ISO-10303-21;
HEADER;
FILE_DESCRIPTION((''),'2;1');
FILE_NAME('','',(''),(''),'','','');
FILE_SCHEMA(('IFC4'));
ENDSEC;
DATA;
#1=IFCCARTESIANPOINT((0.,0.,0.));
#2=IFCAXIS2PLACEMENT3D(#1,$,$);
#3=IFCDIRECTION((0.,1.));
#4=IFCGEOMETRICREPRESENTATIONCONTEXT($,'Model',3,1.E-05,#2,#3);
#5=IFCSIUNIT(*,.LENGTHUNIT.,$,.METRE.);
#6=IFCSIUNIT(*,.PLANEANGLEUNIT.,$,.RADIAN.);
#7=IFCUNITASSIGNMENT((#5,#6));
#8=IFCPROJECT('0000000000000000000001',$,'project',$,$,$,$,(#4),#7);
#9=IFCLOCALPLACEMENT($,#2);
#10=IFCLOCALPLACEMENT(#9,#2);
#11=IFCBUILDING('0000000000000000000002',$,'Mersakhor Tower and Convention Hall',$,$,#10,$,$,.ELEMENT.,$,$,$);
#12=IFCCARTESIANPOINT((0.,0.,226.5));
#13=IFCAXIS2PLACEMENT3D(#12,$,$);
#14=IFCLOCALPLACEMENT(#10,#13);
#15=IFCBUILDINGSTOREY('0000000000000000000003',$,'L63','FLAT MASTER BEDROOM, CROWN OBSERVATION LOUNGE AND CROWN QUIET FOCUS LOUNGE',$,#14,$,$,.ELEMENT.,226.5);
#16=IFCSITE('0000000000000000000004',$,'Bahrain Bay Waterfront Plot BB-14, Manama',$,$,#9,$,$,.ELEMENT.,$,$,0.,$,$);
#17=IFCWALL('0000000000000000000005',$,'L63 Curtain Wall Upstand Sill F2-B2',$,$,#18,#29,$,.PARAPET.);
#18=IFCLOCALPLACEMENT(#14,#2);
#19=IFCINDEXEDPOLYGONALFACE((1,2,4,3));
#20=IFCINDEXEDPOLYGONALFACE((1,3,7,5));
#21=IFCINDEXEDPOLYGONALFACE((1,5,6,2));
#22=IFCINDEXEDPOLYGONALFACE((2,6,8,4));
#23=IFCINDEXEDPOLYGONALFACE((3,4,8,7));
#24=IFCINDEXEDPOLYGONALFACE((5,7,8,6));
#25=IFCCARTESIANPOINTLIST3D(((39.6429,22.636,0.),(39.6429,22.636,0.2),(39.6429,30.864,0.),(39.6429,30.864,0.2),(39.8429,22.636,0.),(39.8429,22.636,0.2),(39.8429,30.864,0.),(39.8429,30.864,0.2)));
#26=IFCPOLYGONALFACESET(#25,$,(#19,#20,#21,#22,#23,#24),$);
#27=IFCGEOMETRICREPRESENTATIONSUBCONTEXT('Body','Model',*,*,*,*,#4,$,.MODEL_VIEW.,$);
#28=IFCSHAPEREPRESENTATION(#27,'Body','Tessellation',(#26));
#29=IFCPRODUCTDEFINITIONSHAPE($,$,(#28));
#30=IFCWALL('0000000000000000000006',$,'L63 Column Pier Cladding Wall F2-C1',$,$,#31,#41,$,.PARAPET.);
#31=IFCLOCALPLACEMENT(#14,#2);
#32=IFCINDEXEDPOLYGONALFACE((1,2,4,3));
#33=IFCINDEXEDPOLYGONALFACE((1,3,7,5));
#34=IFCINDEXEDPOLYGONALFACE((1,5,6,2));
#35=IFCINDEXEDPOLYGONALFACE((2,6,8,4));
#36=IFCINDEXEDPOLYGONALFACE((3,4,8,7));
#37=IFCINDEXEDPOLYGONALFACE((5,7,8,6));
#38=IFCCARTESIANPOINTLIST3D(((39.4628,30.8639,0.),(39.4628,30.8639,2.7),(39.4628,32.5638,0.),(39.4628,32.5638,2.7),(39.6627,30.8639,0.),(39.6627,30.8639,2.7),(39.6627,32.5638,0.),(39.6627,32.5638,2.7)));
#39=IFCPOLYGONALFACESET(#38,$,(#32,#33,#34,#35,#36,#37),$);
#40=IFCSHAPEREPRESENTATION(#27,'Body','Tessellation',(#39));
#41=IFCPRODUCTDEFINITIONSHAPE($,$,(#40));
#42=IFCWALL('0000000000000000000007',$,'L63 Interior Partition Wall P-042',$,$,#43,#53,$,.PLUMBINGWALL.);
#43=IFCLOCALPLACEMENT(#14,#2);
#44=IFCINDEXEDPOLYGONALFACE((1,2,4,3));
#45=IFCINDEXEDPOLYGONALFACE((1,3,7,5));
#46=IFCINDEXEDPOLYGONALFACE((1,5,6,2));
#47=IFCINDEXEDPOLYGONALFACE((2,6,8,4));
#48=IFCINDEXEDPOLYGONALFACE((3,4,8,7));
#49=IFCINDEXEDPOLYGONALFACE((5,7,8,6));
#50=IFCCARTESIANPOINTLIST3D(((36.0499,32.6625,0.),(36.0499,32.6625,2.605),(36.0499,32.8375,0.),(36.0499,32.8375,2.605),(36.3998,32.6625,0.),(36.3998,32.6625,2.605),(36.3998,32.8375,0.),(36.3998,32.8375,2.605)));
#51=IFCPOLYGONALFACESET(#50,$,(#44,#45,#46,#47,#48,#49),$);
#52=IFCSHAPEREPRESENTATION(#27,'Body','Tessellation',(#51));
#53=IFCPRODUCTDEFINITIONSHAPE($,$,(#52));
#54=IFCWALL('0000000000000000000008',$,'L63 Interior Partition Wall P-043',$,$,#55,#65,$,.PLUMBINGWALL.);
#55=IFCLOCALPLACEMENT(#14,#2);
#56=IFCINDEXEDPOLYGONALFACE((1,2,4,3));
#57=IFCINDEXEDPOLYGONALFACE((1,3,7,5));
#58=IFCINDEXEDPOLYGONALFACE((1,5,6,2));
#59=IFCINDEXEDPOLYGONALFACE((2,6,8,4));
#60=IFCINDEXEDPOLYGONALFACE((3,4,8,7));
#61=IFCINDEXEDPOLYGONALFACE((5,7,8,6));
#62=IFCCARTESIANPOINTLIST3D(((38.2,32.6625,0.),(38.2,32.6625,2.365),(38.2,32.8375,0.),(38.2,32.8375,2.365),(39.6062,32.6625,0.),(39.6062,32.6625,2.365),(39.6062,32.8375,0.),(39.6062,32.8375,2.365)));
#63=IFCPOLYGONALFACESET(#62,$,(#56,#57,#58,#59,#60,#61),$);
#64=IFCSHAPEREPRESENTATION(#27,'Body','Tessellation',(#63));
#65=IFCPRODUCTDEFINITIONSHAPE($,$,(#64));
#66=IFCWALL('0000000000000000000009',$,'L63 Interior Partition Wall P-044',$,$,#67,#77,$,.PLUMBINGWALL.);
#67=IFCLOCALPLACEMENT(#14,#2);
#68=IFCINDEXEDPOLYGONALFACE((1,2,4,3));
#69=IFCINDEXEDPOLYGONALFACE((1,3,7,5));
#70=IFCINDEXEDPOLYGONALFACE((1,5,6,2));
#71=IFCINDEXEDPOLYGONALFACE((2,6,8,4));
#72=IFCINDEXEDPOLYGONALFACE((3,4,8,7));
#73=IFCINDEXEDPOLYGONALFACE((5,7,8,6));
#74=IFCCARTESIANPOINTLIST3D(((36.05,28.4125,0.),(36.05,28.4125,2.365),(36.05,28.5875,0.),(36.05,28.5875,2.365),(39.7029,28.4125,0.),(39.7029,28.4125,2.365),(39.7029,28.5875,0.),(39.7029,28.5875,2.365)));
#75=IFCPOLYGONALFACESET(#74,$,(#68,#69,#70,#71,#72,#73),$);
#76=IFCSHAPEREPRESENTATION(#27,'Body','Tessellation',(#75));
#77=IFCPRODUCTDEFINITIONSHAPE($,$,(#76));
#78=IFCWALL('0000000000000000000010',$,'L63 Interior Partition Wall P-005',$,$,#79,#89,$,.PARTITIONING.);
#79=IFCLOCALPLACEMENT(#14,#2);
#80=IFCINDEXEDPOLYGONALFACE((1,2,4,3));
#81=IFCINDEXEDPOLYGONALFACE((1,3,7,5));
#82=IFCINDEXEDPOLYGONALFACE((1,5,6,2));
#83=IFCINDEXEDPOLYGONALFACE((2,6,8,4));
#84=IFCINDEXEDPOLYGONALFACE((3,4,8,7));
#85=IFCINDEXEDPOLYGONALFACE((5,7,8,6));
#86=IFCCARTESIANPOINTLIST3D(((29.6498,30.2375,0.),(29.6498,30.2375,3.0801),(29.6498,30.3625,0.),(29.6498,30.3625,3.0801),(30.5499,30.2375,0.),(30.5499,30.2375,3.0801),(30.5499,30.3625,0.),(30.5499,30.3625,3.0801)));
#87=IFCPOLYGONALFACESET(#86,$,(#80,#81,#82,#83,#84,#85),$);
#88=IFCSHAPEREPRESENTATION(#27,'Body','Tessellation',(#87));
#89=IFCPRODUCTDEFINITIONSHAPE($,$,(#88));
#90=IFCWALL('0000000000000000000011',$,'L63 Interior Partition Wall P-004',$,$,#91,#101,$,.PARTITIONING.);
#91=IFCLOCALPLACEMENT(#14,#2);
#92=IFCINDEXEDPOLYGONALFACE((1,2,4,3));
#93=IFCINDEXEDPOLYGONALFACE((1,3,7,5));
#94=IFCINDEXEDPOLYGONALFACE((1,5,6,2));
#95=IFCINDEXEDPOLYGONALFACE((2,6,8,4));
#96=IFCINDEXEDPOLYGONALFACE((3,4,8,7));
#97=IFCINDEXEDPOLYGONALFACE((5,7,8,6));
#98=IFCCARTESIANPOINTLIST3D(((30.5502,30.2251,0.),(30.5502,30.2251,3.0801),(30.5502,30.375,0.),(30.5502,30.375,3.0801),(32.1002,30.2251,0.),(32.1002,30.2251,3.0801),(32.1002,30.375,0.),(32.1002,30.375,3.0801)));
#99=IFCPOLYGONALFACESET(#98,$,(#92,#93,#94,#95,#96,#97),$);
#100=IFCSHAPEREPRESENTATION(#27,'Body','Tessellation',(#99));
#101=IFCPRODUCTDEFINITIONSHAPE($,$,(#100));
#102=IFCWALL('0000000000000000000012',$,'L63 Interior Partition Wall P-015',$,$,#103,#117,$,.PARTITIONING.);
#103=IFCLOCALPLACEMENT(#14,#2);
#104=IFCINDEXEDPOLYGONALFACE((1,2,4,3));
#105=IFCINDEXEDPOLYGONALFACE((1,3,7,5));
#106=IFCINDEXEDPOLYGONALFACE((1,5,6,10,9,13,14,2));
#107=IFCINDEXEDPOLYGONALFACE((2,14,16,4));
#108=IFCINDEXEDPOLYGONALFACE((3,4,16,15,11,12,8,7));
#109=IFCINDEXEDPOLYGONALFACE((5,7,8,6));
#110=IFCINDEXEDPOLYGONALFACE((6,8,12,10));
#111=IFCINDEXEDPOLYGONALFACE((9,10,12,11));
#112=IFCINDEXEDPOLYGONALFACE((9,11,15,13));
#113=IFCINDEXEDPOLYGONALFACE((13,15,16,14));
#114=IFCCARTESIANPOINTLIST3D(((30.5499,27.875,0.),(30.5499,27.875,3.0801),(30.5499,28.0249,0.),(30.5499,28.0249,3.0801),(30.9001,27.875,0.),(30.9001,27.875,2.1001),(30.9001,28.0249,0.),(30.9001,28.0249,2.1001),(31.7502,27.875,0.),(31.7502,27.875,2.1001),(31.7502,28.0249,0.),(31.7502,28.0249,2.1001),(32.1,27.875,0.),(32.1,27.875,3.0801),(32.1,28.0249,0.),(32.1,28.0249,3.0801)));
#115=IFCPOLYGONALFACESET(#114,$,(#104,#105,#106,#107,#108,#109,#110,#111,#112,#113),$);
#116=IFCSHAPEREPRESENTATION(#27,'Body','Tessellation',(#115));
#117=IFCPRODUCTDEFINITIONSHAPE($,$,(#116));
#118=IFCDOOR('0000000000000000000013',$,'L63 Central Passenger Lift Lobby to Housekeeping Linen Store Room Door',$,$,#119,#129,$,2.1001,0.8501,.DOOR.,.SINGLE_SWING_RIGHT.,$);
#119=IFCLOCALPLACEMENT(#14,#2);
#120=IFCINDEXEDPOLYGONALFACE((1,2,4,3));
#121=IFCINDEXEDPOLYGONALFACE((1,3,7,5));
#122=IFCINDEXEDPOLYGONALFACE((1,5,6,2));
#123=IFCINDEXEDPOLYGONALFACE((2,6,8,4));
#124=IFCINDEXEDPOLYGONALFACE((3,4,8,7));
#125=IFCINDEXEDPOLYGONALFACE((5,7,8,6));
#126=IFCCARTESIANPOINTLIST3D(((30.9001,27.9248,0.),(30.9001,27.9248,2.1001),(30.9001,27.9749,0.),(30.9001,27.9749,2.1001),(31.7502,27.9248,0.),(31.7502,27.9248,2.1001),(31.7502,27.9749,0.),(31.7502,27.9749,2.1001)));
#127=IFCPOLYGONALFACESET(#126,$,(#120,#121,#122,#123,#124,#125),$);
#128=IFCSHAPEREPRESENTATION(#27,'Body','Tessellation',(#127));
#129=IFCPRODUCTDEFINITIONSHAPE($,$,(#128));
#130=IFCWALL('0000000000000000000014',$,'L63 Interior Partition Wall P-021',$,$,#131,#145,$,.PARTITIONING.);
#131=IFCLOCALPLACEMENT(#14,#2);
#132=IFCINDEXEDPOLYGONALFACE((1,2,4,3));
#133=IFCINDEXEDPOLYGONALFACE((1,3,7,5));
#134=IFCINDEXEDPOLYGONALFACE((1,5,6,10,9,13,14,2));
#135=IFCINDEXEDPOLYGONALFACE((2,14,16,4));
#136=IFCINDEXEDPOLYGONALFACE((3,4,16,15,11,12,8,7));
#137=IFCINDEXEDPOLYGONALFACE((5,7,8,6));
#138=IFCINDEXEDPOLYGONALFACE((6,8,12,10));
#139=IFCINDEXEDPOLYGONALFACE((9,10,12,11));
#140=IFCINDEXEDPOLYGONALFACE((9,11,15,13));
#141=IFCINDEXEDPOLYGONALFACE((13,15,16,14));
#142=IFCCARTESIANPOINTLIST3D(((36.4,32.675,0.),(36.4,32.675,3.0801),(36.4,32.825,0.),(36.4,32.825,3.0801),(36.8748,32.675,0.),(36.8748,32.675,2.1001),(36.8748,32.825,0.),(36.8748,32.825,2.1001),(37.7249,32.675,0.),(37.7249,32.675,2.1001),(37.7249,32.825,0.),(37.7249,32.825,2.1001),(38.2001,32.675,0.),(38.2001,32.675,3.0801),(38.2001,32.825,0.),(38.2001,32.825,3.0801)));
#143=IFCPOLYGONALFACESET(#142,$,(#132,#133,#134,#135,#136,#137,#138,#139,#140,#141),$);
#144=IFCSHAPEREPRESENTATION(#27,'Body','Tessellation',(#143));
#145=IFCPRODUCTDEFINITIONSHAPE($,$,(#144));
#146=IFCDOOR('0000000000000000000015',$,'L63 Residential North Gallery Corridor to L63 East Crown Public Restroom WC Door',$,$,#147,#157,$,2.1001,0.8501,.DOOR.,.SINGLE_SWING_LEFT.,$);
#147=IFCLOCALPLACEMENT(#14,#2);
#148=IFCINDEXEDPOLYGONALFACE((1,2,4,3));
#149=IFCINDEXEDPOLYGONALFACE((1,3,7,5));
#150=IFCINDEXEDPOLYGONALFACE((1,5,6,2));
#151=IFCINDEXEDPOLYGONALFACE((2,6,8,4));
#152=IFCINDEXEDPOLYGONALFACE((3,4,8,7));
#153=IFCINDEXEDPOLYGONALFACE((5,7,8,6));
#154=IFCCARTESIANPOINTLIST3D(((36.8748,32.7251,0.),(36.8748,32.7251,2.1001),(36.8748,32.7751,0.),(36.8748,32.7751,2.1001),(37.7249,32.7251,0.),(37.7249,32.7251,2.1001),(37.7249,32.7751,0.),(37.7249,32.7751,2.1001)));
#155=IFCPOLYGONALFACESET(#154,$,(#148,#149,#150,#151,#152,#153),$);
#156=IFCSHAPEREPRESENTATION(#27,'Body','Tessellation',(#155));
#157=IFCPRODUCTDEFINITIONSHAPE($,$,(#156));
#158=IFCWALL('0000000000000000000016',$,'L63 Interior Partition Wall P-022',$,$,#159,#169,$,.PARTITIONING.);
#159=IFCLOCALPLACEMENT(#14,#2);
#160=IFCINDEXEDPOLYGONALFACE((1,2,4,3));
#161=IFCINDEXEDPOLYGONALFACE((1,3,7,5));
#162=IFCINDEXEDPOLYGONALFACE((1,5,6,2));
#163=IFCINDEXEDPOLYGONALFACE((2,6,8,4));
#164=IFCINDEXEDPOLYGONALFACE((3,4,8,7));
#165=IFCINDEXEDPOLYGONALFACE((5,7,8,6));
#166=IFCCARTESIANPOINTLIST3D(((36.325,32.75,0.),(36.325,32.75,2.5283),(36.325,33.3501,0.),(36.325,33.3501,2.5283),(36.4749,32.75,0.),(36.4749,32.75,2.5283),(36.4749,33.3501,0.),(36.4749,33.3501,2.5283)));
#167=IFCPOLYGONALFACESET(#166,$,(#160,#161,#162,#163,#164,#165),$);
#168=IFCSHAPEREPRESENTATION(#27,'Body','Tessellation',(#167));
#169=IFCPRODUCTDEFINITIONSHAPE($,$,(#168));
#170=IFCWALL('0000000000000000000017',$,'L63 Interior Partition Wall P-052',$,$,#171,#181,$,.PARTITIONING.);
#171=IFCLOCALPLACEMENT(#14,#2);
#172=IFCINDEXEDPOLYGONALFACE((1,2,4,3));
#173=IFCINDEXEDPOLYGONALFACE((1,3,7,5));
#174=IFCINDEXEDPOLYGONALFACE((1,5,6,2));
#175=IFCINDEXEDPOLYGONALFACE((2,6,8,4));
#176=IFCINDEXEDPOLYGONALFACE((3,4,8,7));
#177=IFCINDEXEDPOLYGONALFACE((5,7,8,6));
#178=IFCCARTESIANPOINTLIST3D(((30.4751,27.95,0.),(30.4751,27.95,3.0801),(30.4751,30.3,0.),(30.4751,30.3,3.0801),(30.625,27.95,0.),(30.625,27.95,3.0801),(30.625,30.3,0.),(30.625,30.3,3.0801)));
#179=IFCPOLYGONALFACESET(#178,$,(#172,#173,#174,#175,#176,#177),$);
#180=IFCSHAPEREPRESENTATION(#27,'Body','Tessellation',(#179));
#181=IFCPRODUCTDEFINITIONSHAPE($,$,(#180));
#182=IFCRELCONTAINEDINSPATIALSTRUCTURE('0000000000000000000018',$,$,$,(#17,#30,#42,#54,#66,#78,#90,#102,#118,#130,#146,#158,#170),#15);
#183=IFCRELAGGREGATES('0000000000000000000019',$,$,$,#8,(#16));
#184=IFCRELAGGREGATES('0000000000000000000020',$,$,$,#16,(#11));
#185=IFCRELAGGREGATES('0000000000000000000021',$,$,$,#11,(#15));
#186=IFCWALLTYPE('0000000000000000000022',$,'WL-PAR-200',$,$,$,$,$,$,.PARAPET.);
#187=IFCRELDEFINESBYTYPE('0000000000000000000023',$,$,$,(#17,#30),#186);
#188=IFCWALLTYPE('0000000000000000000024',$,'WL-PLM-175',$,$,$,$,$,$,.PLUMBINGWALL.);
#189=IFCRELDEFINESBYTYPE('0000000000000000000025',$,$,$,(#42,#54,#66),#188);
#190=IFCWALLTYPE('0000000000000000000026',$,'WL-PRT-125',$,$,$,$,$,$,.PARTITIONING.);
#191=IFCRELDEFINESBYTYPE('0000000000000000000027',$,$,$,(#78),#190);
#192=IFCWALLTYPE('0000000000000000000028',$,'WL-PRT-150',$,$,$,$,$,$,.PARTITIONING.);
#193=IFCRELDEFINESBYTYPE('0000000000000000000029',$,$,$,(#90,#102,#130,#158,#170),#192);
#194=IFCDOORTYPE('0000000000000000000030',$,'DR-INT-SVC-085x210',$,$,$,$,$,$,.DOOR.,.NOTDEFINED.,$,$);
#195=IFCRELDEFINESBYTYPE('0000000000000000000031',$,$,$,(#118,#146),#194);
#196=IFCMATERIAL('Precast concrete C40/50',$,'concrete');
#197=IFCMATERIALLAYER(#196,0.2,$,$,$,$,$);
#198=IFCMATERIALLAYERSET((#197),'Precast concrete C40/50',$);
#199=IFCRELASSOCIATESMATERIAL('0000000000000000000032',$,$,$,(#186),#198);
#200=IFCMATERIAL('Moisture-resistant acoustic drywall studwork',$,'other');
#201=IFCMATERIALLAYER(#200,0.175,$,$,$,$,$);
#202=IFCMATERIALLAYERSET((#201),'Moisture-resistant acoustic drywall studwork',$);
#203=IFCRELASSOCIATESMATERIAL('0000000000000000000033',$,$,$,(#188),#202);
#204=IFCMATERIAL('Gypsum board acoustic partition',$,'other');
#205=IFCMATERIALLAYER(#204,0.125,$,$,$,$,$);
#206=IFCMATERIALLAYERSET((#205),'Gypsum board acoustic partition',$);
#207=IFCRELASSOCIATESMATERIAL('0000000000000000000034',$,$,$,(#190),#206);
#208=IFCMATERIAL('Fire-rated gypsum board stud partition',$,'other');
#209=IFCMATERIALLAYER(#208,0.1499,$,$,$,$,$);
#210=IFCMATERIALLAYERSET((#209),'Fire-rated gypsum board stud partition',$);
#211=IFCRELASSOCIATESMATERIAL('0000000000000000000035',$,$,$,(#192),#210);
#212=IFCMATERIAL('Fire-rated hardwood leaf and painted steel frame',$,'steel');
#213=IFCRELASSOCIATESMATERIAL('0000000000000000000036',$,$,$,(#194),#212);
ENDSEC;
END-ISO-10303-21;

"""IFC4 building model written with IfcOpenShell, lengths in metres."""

from ifc_helpers import new_model, si_unit, direction, frame, frame_2d, origin, place, context, subcontext, project, spatial, rectangle, extrude, material, layer, layer_set, type_object, element, fill, save


model = new_model("IFC4")

# Units and contexts
model_context = context("Model", 3, precision=1e-05, world=origin(), true_north=direction((0.0, 1.0)))
body_context = subcontext(model_context, "Body", "Model", "MODEL_VIEW")
ifc_project = project(units=[si_unit("LENGTHUNIT", "METRE"), si_unit("PLANEANGLEUNIT", "RADIAN")], contexts=[model_context])

# Site, building, storey
site_placement = place(None, origin())
site = spatial("IfcSite", under=ifc_project, at=site_placement, Name="Bahrain Bay Waterfront Plot BB-14, Manama", CompositionType="ELEMENT", RefElevation=0.0)
building_placement = place(site_placement, origin())
building = spatial("IfcBuilding", under=site, at=building_placement, Name="Mersakhor Tower and Convention Hall", CompositionType="ELEMENT")
storey_placement = place(building_placement, frame((0.0, 0.0, 226.5)))
storey = spatial("IfcBuildingStorey", under=building, at=storey_placement, Name="L63", Description="FLAT MASTER BEDROOM, CROWN OBSERVATION LOUNGE AND CROWN QUIET FOCUS LOUNGE", CompositionType="ELEMENT", Elevation=226.5)

# Walls
ifc_material_1 = material(Name="Precast concrete C40/50", Category="concrete")
ifc_layer_1 = layer(ifc_material_1, 0.2)
ifc_layer_set_1 = layer_set([ifc_layer_1], Name="Precast concrete C40/50")
wall_type_1 = type_object("IfcWallType", Name="WL-PAR-200", PredefinedType="PARAPET", material=ifc_layer_set_1)
wall_1_placement = place(storey_placement, frame((39.7429, 30.864, 0.0), z_axis=(0.0, 0.0, 1.0), x_axis=(0.0, -1.0, 0.0)))
element("IfcWall", 1, at=wall_1_placement, inside=storey, type_object=wall_type_1, Name="L63 Curtain Wall Upstand Sill F2-B2", PredefinedType="PARAPET", context=body_context, shape_type="SweptSolid", body=[
    extrude(rectangle(XDim=8.228, YDim=0.2, at=frame_2d((4.114, 0.0))), origin(), (0.0, 0.0, 1.0), 0.2),
])
wall_2_placement = place(storey_placement, frame((39.5627, 32.564, 0.0), z_axis=(0.0, 0.0, 1.0), x_axis=(0.0, -1.0, 0.0)))
element("IfcWall", 2, at=wall_2_placement, inside=storey, type_object=wall_type_1, Name="L63 Column Pier Cladding Wall F2-C1", PredefinedType="PARAPET", context=body_context, shape_type="SweptSolid", body=[
    extrude(rectangle(XDim=1.7, YDim=0.2, at=frame_2d((0.8501, 0.0))), origin(), (0.0, 0.0, 1.0), 2.7),
])
ifc_material_2 = material(Name="Moisture-resistant acoustic drywall studwork", Category="other")
ifc_layer_2 = layer(ifc_material_2, 0.175)
ifc_layer_set_2 = layer_set([ifc_layer_2], Name="Moisture-resistant acoustic drywall studwork")
wall_type_2 = type_object("IfcWallType", Name="WL-PLM-175", PredefinedType="PLUMBINGWALL", material=ifc_layer_set_2)
wall_3_placement = place(storey_placement, frame((36.05, 32.75, 0.0), z_axis=(0.0, 0.0, 1.0), x_axis=(1.0, 0.0, 0.0)))
element("IfcWall", 3, at=wall_3_placement, inside=storey, type_object=wall_type_2, Name="L63 Interior Partition Wall P-042", PredefinedType="PLUMBINGWALL", context=body_context, shape_type="SweptSolid", body=[
    extrude(rectangle(XDim=0.3499, YDim=0.175, at=frame_2d((0.1748, 0.0))), origin(), (0.0, 0.0, 1.0), 2.605),
])
wall_4_placement = place(storey_placement, frame((38.2, 32.75, 0.0), z_axis=(0.0, 0.0, 1.0), x_axis=(1.0, 0.0, 0.0)))
element("IfcWall", 4, at=wall_4_placement, inside=storey, type_object=wall_type_2, Name="L63 Interior Partition Wall P-043", PredefinedType="PLUMBINGWALL", context=body_context, shape_type="SweptSolid", body=[
    extrude(rectangle(XDim=1.4062, YDim=0.175, at=frame_2d((0.7031, 0.0))), origin(), (0.0, 0.0, 1.0), 2.365),
])
wall_5_placement = place(storey_placement, frame((39.7029, 28.5, 0.0), z_axis=(0.0, 0.0, 1.0), x_axis=(-1.0, 0.0, 0.0)))
element("IfcWall", 5, at=wall_5_placement, inside=storey, type_object=wall_type_2, Name="L63 Interior Partition Wall P-044", PredefinedType="PLUMBINGWALL", context=body_context, shape_type="SweptSolid", body=[
    extrude(rectangle(XDim=3.6528, YDim=0.175, at=frame_2d((1.8264, 0.0))), origin(), (0.0, 0.0, 1.0), 2.365),
])
ifc_material_3 = material(Name="Gypsum board acoustic partition", Category="other")
ifc_layer_3 = layer(ifc_material_3, 0.125)
ifc_layer_set_3 = layer_set([ifc_layer_3], Name="Gypsum board acoustic partition")
wall_type_3 = type_object("IfcWallType", Name="WL-PRT-125", PredefinedType="PARTITIONING", material=ifc_layer_set_3)
wall_6_placement = place(storey_placement, frame((30.55, 30.3, 0.0), z_axis=(0.0, 0.0, 1.0), x_axis=(-1.0, 0.0, 0.0)))
element("IfcWall", 6, at=wall_6_placement, inside=storey, type_object=wall_type_3, Name="L63 Interior Partition Wall P-005", PredefinedType="PARTITIONING", context=body_context, shape_type="SweptSolid", body=[
    extrude(rectangle(XDim=0.9001, YDim=0.125, at=frame_2d((0.4502, 0.0))), origin(), (0.0, 0.0, 1.0), 3.0801),
])
ifc_material_4 = material(Name="Fire-rated gypsum board stud partition", Category="other")
ifc_layer_4 = layer(ifc_material_4, 0.1499)
ifc_layer_set_4 = layer_set([ifc_layer_4], Name="Fire-rated gypsum board stud partition")
wall_type_4 = type_object("IfcWallType", Name="WL-PRT-150", PredefinedType="PARTITIONING", material=ifc_layer_set_4)
wall_7_placement = place(storey_placement, frame((32.1001, 30.3, 0.0), z_axis=(0.0, 0.0, 1.0), x_axis=(-1.0, 0.0, 0.0)))
element("IfcWall", 7, at=wall_7_placement, inside=storey, type_object=wall_type_4, Name="L63 Interior Partition Wall P-004", PredefinedType="PARTITIONING", context=body_context, shape_type="SweptSolid", body=[
    extrude(rectangle(XDim=1.55, YDim=0.1499, at=frame_2d((0.7749, 0.0))), origin(), (0.0, 0.0, 1.0), 3.0801),
])

# Walls, openings, doors
wall_8_placement = place(storey_placement, frame((30.55, 27.95, 0.0), z_axis=(0.0, 0.0, 1.0), x_axis=(1.0, 0.0, 0.0)))
wall_8 = element("IfcWall", 8, at=wall_8_placement, inside=storey, type_object=wall_type_4, Name="L63 Interior Partition Wall P-015", PredefinedType="PARTITIONING", context=body_context, shape_type="SweptSolid", body=[
    extrude(rectangle(XDim=1.55, YDim=0.1499, at=frame_2d((0.7749, 0.0))), origin(), (0.0, 0.0, 1.0), 3.0801),
])
opening_1_placement = place(wall_8_placement, frame((0.3501, 0.0, 0.0)))
opening_1 = element("IfcOpeningElement", 9, at=opening_1_placement, cuts=wall_8, PredefinedType="OPENING", context=body_context, shape_type="SweptSolid", body=[
    extrude(rectangle(XDim=0.8501, YDim=2.1001, at=frame_2d((0.425, 1.05))), frame((0.0, 0.085, 0.0), z_axis=(0.0, -1.0, 0.0), x_axis=(1.0, 0.0, 0.0)), (0.0, 0.0, 1.0), 0.1699),
])
ifc_material_5 = material(Name="Fire-rated hardwood leaf and painted steel frame", Category="steel")
door_type_1 = type_object("IfcDoorType", Name="DR-INT-SVC-085x210", OperationType="NOTDEFINED", PredefinedType="DOOR", material=ifc_material_5)
door_1_placement = place(opening_1_placement, origin())
door_1 = element("IfcDoor", 10, at=door_1_placement, inside=storey, type_object=door_type_1, Name="L63 Central Passenger Lift Lobby to Housekeeping Linen Store Room Door", OperationType="SINGLE_SWING_RIGHT", OverallHeight=2.1001, OverallWidth=0.8501, PredefinedType="DOOR", context=body_context, shape_type="SweptSolid", body=[
    extrude(rectangle(XDim=0.8501, YDim=2.1001, at=frame_2d((0.425, 1.05))), frame((0.0, 0.0249, 0.0), z_axis=(0.0, -1.0, 0.0), x_axis=(1.0, 0.0, 0.0)), (0.0, 0.0, 1.0), 0.05),
])
fill(opening_1, door_1)
wall_9_placement = place(storey_placement, frame((38.2, 32.75, 0.0), z_axis=(0.0, 0.0, 1.0), x_axis=(-1.0, 0.0, 0.0)))
wall_9 = element("IfcWall", 11, at=wall_9_placement, inside=storey, type_object=wall_type_4, Name="L63 Interior Partition Wall P-021", PredefinedType="PARTITIONING", context=body_context, shape_type="SweptSolid", body=[
    extrude(rectangle(XDim=1.8, YDim=0.1499, at=frame_2d((0.8999, 0.0))), origin(), (0.0, 0.0, 1.0), 3.0801),
])
opening_2_placement = place(wall_9_placement, frame((0.4751, 0.0, 0.0)))
opening_2 = element("IfcOpeningElement", 12, at=opening_2_placement, cuts=wall_9, PredefinedType="OPENING", context=body_context, shape_type="SweptSolid", body=[
    extrude(rectangle(XDim=0.8501, YDim=2.1001, at=frame_2d((0.425, 1.05))), frame((0.0, 0.085, 0.0), z_axis=(0.0, -1.0, 0.0), x_axis=(1.0, 0.0, 0.0)), (0.0, 0.0, 1.0), 0.1699),
])
door_2_placement = place(opening_2_placement, origin())
door_2 = element("IfcDoor", 13, at=door_2_placement, inside=storey, type_object=door_type_1, Name="L63 Residential North Gallery Corridor to L63 East Crown Public Restroom WC Door", OperationType="SINGLE_SWING_LEFT", OverallHeight=2.1001, OverallWidth=0.8501, PredefinedType="DOOR", context=body_context, shape_type="SweptSolid", body=[
    extrude(rectangle(XDim=0.8501, YDim=2.1001, at=frame_2d((0.425, 1.05))), frame((0.0, 0.0249, 0.0), z_axis=(0.0, -1.0, 0.0), x_axis=(1.0, 0.0, 0.0)), (0.0, 0.0, 1.0), 0.05),
])
fill(opening_2, door_2)

# Walls
wall_10_placement = place(storey_placement, frame((36.3999, 32.75, 0.0), z_axis=(0.0, 0.0, 1.0), x_axis=(0.0, 1.0, 0.0)))
element("IfcWall", 14, at=wall_10_placement, inside=storey, type_object=wall_type_4, Name="L63 Interior Partition Wall P-022", PredefinedType="PARTITIONING", context=body_context, shape_type="SweptSolid", body=[
    extrude(rectangle(XDim=0.6001, YDim=0.1499, at=frame_2d((0.3, 0.0))), origin(), (0.0, 0.0, 1.0), 2.5283),
])
wall_11_placement = place(storey_placement, frame((30.55, 30.3, 0.0), z_axis=(0.0, 0.0, 1.0), x_axis=(0.0, -1.0, 0.0)))
element("IfcWall", 15, at=wall_11_placement, inside=storey, type_object=wall_type_4, Name="L63 Interior Partition Wall P-052", PredefinedType="PARTITIONING", context=body_context, shape_type="SweptSolid", body=[
    extrude(rectangle(XDim=2.3501, YDim=0.1499, at=frame_2d((1.175, 0.0))), origin(), (0.0, 0.0, 1.0), 3.0801),
])

save(model, "model.ifc")
